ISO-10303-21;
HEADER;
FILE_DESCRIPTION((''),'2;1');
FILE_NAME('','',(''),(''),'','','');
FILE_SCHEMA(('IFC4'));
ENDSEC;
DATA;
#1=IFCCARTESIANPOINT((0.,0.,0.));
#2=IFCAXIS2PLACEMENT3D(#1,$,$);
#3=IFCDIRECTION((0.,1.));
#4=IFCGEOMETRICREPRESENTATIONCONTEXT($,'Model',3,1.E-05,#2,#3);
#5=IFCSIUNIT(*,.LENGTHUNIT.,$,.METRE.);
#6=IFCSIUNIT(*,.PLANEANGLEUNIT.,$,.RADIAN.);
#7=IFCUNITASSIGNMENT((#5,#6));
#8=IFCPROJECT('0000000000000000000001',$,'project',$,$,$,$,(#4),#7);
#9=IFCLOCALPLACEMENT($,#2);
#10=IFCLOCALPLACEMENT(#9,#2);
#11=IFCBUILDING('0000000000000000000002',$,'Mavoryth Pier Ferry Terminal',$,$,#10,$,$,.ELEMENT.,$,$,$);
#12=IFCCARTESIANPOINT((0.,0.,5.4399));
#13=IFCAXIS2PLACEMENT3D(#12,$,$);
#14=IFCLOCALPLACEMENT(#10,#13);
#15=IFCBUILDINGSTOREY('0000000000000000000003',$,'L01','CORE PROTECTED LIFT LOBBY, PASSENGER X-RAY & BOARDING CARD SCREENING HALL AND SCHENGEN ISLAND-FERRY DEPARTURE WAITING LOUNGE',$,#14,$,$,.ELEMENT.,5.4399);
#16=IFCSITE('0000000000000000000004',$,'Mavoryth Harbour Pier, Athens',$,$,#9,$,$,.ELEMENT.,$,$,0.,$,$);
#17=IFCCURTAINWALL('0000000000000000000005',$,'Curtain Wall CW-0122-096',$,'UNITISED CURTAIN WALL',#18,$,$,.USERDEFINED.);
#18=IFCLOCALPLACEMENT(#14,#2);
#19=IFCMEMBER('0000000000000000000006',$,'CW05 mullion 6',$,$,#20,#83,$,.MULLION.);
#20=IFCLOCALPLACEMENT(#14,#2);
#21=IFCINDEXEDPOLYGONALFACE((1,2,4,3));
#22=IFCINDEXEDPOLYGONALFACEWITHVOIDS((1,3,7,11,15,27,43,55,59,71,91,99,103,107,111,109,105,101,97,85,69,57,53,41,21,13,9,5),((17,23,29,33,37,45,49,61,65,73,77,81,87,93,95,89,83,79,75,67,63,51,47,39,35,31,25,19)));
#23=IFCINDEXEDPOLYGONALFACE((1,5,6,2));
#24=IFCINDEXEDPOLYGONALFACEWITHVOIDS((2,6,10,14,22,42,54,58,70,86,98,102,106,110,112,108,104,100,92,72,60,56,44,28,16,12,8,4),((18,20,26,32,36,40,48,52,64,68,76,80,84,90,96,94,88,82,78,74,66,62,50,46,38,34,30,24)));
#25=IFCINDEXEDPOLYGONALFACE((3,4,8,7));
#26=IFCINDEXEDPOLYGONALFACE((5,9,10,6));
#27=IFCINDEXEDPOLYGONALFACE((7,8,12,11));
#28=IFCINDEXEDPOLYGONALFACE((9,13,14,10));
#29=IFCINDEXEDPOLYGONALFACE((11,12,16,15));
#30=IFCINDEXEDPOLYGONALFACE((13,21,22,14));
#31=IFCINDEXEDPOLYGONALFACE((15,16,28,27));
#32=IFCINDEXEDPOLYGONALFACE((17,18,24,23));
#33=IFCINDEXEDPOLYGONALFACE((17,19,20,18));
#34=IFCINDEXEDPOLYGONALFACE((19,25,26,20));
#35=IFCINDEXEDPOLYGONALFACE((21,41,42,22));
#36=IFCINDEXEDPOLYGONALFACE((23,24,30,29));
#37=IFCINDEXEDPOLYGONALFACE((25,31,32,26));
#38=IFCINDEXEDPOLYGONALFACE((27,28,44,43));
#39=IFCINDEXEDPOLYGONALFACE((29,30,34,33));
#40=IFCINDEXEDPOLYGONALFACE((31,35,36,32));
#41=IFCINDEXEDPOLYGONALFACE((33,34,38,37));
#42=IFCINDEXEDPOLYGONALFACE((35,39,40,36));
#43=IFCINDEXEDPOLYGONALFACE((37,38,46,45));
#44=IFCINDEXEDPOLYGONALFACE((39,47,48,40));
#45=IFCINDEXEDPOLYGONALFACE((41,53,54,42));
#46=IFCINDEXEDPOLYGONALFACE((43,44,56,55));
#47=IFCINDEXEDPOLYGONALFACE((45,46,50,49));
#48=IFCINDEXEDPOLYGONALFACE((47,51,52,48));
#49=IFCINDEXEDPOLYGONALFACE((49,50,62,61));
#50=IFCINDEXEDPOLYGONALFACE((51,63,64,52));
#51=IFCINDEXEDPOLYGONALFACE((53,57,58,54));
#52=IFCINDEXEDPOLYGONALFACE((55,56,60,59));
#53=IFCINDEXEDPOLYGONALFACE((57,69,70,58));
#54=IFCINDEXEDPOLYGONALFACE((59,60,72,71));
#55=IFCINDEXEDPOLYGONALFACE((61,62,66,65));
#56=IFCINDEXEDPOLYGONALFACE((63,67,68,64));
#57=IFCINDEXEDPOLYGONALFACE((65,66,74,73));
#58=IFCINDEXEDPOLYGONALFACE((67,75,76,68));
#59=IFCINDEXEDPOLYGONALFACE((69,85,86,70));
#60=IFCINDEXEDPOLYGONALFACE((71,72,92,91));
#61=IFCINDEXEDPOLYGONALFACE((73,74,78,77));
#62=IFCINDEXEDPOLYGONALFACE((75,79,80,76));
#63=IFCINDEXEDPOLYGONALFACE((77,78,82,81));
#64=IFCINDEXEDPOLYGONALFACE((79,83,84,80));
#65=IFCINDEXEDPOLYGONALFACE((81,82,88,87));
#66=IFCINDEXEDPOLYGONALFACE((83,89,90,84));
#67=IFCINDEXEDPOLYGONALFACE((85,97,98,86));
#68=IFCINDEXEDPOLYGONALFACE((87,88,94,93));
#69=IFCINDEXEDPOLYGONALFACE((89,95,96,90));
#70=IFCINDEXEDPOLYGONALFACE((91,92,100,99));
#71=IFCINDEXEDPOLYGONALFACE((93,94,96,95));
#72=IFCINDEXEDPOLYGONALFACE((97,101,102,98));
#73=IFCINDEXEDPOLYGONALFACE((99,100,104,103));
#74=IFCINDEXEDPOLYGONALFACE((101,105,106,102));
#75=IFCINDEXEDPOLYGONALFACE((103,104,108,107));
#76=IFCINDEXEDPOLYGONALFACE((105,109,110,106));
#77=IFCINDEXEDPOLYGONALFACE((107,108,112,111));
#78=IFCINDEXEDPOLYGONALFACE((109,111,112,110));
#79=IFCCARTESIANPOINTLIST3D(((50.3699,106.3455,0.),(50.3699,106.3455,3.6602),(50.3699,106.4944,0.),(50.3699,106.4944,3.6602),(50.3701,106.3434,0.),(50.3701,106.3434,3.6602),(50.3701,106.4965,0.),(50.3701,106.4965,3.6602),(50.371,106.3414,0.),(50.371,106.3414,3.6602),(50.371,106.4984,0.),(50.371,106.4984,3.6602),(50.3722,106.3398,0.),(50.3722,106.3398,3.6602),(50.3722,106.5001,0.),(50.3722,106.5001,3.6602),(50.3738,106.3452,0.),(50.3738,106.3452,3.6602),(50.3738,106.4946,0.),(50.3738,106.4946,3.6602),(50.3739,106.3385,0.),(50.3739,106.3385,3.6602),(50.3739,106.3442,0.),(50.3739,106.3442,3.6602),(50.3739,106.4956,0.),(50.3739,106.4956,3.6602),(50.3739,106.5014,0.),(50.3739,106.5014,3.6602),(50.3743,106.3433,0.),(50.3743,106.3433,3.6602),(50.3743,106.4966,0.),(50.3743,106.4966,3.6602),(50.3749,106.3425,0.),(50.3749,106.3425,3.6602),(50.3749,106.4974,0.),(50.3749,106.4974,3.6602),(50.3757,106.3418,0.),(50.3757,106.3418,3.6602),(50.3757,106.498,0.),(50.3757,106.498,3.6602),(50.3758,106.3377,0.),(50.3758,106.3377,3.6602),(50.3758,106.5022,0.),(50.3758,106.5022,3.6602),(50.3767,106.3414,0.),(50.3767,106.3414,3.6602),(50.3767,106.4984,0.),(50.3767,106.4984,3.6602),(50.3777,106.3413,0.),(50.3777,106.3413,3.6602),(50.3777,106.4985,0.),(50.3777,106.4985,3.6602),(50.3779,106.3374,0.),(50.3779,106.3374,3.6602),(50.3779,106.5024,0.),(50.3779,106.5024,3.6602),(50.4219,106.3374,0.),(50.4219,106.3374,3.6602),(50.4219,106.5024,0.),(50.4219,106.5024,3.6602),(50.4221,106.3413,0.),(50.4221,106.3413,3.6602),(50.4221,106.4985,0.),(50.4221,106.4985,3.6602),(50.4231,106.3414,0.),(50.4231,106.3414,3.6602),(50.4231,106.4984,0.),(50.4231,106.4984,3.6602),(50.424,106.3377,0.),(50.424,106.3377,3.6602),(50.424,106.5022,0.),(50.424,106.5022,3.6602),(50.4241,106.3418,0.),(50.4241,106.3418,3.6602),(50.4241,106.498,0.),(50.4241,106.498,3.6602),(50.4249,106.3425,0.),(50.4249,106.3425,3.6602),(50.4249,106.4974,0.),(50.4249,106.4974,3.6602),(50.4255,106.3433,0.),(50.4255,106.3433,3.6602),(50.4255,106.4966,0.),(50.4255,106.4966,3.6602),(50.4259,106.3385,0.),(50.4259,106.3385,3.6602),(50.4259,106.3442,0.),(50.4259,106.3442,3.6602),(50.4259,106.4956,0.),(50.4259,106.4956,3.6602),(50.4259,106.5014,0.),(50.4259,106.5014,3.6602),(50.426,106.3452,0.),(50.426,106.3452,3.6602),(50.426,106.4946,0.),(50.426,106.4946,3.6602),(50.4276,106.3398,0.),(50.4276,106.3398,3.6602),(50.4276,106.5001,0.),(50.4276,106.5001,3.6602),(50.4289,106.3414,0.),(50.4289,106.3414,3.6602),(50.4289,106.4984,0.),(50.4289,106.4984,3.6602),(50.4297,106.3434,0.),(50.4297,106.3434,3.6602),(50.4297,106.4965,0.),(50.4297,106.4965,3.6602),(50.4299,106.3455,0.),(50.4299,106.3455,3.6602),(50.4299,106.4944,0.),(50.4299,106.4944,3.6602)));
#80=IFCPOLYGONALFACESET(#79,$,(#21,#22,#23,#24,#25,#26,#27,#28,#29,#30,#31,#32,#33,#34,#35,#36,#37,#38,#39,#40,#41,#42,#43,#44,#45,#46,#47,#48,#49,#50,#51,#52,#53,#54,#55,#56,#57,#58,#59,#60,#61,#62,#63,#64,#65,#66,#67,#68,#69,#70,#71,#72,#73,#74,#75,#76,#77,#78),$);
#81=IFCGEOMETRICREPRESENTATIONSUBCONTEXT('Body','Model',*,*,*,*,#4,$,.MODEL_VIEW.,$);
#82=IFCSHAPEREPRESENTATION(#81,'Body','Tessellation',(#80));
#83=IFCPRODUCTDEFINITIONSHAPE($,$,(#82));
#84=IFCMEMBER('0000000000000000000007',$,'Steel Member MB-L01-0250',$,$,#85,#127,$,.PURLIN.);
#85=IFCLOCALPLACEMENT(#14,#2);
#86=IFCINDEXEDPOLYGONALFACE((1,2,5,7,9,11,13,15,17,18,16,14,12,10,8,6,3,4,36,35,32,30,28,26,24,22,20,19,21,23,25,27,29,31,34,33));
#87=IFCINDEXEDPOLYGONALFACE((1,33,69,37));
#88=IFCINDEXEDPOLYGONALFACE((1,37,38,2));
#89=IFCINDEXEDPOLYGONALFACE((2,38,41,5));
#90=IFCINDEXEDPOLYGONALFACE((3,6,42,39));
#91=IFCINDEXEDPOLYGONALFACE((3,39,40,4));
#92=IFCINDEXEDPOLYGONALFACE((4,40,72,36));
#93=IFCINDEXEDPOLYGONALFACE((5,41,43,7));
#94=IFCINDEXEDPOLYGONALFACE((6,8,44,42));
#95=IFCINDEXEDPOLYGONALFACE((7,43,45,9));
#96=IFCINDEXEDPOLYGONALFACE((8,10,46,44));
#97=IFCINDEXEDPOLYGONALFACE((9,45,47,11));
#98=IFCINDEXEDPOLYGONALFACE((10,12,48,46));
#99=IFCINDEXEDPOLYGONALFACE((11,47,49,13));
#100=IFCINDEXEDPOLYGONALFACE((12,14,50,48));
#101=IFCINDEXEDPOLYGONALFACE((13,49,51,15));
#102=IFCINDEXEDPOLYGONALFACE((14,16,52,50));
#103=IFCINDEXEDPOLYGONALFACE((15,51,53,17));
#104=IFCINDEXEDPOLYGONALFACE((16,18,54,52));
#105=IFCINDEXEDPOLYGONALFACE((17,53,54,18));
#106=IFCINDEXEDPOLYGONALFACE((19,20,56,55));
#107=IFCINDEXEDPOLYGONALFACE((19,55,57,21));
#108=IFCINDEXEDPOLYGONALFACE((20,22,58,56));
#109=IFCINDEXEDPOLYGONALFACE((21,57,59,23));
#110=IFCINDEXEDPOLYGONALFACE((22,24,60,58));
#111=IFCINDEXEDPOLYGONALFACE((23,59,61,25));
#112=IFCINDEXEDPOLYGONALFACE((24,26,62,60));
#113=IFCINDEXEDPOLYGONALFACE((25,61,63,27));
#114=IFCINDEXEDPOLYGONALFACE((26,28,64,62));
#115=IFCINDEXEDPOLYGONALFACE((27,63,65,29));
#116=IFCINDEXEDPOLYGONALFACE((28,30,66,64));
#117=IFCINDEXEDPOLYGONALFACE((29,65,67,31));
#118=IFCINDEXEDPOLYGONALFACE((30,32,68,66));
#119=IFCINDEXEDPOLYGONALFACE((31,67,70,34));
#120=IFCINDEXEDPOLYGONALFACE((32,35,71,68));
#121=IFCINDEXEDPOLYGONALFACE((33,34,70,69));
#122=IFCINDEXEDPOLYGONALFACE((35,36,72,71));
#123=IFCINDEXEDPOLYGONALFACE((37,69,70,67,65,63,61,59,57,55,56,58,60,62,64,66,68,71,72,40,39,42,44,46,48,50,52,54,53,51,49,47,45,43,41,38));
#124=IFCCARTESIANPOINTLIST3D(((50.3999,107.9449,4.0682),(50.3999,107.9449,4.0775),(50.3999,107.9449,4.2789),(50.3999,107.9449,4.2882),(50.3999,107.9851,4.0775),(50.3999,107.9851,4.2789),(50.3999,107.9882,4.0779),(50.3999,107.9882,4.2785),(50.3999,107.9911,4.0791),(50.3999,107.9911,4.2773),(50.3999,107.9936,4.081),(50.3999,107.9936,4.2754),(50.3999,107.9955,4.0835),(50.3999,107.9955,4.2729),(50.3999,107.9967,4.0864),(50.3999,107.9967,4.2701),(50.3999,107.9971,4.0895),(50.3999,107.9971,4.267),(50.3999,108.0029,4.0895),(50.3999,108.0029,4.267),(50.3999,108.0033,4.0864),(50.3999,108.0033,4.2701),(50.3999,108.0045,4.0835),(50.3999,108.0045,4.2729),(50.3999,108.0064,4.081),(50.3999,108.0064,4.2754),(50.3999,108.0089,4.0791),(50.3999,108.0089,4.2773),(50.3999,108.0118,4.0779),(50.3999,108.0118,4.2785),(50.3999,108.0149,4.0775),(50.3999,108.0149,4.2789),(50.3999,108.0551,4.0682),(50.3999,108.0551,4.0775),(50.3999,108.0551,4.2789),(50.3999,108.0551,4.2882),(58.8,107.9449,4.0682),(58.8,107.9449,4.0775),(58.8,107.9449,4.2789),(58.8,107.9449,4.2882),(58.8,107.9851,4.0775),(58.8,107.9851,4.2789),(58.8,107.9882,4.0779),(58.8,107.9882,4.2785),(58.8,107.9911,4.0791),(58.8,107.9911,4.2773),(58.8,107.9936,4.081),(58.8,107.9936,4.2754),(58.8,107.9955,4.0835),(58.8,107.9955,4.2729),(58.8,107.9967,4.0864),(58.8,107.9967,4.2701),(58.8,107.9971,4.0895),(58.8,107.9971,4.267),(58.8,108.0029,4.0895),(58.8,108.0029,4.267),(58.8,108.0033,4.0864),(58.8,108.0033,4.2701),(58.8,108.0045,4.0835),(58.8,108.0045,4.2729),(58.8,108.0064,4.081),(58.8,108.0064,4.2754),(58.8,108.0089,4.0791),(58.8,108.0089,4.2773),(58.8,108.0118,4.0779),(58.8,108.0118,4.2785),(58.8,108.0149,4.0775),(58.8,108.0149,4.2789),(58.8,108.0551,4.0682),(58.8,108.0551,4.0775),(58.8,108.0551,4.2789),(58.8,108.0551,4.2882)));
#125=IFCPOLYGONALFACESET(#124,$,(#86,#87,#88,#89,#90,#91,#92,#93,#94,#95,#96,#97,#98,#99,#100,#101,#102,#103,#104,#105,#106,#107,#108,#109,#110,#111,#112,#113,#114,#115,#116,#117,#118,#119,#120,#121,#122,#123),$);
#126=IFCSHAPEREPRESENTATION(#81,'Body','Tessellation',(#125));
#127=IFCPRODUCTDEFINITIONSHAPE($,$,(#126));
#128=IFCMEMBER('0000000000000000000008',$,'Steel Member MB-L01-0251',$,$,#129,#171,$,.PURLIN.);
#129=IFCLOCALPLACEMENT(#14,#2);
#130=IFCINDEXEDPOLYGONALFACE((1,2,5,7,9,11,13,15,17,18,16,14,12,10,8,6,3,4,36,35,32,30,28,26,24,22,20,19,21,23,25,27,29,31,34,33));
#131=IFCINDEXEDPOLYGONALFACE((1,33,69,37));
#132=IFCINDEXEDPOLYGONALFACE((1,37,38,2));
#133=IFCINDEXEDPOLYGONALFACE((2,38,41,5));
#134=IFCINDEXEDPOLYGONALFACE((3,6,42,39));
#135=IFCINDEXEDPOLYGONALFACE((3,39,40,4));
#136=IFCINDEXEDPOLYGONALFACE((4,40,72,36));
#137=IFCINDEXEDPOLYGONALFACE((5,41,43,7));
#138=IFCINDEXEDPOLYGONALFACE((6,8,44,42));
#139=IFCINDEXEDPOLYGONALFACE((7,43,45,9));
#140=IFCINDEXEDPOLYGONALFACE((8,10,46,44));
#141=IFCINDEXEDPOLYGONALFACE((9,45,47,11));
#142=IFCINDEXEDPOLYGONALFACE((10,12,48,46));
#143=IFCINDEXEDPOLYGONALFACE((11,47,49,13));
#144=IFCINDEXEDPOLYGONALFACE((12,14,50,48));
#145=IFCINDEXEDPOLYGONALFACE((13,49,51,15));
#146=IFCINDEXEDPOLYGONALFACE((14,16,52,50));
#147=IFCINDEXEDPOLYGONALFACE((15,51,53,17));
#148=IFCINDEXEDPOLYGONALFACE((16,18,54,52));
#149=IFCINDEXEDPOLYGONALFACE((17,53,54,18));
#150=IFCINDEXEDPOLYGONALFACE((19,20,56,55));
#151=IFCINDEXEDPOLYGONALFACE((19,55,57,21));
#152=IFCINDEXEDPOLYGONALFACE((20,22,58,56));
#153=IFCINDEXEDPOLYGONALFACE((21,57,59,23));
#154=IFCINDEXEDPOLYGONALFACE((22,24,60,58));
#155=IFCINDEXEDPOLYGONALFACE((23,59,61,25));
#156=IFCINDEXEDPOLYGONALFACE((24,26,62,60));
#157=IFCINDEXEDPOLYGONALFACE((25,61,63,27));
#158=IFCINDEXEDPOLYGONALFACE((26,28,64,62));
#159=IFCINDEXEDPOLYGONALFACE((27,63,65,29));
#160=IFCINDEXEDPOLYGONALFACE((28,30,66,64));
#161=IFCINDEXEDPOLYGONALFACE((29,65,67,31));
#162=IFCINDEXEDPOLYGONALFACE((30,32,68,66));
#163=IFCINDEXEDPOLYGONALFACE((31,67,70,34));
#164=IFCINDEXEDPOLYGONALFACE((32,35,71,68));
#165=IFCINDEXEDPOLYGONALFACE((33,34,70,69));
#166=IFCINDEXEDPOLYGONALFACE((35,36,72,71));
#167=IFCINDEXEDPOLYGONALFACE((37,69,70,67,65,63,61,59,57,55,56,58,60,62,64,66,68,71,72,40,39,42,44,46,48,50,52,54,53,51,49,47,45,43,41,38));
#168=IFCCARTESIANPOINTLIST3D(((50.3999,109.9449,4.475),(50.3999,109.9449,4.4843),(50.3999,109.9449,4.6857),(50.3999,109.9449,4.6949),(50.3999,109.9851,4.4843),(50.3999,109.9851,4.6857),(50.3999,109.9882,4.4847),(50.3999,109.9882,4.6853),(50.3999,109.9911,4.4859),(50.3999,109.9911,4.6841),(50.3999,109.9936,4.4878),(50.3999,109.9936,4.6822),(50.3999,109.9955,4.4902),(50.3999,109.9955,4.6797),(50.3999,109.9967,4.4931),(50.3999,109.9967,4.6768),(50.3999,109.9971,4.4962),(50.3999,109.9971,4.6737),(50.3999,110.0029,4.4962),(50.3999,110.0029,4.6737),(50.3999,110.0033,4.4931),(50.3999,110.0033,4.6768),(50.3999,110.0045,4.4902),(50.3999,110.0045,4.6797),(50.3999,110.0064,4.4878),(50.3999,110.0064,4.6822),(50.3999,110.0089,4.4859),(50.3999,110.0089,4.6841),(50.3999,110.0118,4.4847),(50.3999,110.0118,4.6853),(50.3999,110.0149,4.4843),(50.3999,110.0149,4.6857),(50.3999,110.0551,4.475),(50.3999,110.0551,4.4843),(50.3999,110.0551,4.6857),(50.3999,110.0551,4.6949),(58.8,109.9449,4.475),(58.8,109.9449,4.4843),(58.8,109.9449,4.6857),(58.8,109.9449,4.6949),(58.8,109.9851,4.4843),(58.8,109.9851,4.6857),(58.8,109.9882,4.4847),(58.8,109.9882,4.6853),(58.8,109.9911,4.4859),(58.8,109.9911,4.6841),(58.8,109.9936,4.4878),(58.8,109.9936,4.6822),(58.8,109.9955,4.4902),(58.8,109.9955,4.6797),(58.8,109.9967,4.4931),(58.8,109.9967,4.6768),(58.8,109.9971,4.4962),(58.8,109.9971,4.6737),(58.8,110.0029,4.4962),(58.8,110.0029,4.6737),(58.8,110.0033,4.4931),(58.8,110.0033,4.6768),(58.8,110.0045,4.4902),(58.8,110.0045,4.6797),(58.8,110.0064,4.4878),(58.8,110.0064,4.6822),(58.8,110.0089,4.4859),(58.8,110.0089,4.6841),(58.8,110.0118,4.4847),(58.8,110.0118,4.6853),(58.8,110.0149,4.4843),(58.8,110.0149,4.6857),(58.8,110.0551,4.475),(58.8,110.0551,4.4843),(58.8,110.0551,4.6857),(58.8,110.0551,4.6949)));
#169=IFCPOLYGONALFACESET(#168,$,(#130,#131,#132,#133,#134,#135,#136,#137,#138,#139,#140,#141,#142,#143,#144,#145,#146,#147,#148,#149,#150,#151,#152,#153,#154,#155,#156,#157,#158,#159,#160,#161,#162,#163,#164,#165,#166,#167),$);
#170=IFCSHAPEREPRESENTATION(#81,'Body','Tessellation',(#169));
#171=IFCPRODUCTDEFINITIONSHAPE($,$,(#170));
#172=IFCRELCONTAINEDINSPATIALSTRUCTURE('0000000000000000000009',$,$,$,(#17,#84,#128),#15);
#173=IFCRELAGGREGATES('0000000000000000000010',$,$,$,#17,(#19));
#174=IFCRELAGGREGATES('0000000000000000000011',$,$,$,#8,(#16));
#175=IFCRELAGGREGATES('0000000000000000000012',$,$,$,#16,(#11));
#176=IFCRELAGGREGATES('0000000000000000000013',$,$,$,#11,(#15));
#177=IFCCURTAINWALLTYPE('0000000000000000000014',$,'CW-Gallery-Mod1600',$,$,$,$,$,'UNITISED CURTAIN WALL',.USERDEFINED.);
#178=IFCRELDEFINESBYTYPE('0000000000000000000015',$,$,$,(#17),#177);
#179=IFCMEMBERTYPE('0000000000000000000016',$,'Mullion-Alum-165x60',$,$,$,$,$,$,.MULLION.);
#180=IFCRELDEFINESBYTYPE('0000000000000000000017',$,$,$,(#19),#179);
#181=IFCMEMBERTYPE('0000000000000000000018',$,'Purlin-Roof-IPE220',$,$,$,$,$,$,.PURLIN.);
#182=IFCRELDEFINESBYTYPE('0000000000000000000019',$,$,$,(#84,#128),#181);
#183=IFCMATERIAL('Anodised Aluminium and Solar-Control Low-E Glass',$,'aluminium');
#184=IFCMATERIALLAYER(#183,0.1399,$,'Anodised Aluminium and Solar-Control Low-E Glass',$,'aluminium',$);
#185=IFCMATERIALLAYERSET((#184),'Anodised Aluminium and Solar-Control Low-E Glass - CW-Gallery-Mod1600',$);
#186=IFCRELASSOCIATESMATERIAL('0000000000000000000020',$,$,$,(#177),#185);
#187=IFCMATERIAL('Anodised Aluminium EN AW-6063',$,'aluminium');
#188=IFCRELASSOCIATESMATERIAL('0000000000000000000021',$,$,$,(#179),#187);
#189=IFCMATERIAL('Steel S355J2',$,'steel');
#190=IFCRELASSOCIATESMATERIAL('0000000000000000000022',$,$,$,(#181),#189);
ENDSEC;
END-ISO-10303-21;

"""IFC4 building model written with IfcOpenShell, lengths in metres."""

from ifc_helpers import new_model, si_unit, direction, frame, origin, origin_2d, place, context, subcontext, project, spatial, hollow_rectangle, i_section, extrude, material, layer, layer_set, material_profile, profile_set, type_object, element, aggregate, save


model = new_model("IFC4")

# Units and contexts
model_context = context("Model", 3, precision=1e-05, world=origin(), true_north=direction((0.0, 1.0)))
body_context = subcontext(model_context, "Body", "Model", "MODEL_VIEW")
ifc_project = project(units=[si_unit("LENGTHUNIT", "METRE"), si_unit("PLANEANGLEUNIT", "RADIAN")], contexts=[model_context])

# Site, building, storey
site_placement = place(None, origin())
site = spatial("IfcSite", under=ifc_project, at=site_placement, Name="Mavoryth Harbour Pier, Athens", CompositionType="ELEMENT", RefElevation=0.0)
building_placement = place(site_placement, origin())
building = spatial("IfcBuilding", under=site, at=building_placement, Name="Mavoryth Pier Ferry Terminal", CompositionType="ELEMENT")
storey_placement = place(building_placement, frame((0.0, 0.0, 5.4399)))
storey = spatial("IfcBuildingStorey", under=building, at=storey_placement, Name="L01", Description="CORE PROTECTED LIFT LOBBY, PASSENGER X-RAY & BOARDING CARD SCREENING HALL AND SCHENGEN ISLAND-FERRY DEPARTURE WAITING LOUNGE", CompositionType="ELEMENT", Elevation=5.4399)

# Curtain wall, member
ifc_material_1 = material(Name="Anodised Aluminium and Solar-Control Low-E Glass", Category="aluminium")
ifc_layer_1 = layer(ifc_material_1, 0.1399, Name="Anodised Aluminium and Solar-Control Low-E Glass", Category="aluminium")
ifc_layer_set_1 = layer_set([ifc_layer_1], Name="Anodised Aluminium and Solar-Control Low-E Glass - CW-Gallery-Mod1600")
curtain_wall_type = type_object("IfcCurtainWallType", Name="CW-Gallery-Mod1600", ElementType="UNITISED CURTAIN WALL", PredefinedType="USERDEFINED", material=ifc_layer_set_1)
curtain_wall_placement = place(storey_placement, origin())
curtain_wall = element("IfcCurtainWall", 1, at=curtain_wall_placement, inside=storey, type_object=curtain_wall_type, Name="Curtain Wall CW-0122-096", ObjectType="UNITISED CURTAIN WALL", PredefinedType="USERDEFINED")
ifc_material_2 = material(Name="Anodised Aluminium EN AW-6063", Category="aluminium")
ifc_material_profile_1 = material_profile(ifc_material_2, hollow_rectangle(XDim=0.0601, YDim=0.165, WallThickness=0.0039, InnerFilletRadius=0.0039, OuterFilletRadius=0.0081, at=origin_2d()), Name="AL-MULL 165x60x4", Category="aluminium")
ifc_profile_set_1 = profile_set([ifc_material_profile_1], Name="Anodised Aluminium EN AW-6063 - AL-MULL 165x60x4")
member_type_1 = type_object("IfcMemberType", Name="Mullion-Alum-165x60", PredefinedType="MULLION", material=ifc_profile_set_1)
member_1_placement = place(storey_placement, frame((50.3999, 106.4199, 0.0), z_axis=(0.0, 0.0, 1.0), x_axis=(1.0, 0.0, 0.0)))
member_1 = element("IfcMember", 2, at=member_1_placement, type_object=member_type_1, Name="CW05 mullion 6", PredefinedType="MULLION", context=body_context, shape_type="SweptSolid", body=[
    extrude(hollow_rectangle(XDim=0.0601, YDim=0.165, WallThickness=0.0039, InnerFilletRadius=0.0039, OuterFilletRadius=0.0081, at=origin_2d()), origin(), (0.0, 0.0, 1.0), 3.6602),
])

# Members
ifc_material_3 = material(Name="Steel S355J2", Category="steel")
ifc_material_profile_2 = material_profile(ifc_material_3, i_section(OverallWidth=0.1101, OverallDepth=0.22, WebThickness=0.0059, FlangeThickness=0.0093, FilletRadius=0.012, at=origin_2d()), Name="IPE 220", Category="steel")
ifc_profile_set_2 = profile_set([ifc_material_profile_2], Name="Steel S355J2 - IPE 220")
member_type_2 = type_object("IfcMemberType", Name="Purlin-Roof-IPE220", PredefinedType="PURLIN", material=ifc_profile_set_2)
for number, where, z_axis, x_axis, name in (
    (3, (50.3999, 108.0, 4.1782), (1.0, 0.0, 0.0), (0.0, 1.0, 0.0), "Steel Member MB-L01-0250"),
    (4, (50.3999, 110.0, 4.585), (1.0, 0.0, 0.0), (0.0, 1.0, 0.0), "Steel Member MB-L01-0251"),
):
    element("IfcMember", number, at=place(storey_placement, frame(where, z_axis=z_axis, x_axis=x_axis)), inside=storey, type_object=member_type_2, Name=name, PredefinedType="PURLIN", context=body_context, shape_type="SweptSolid", body=[
        extrude(i_section(OverallWidth=0.1101, OverallDepth=0.22, WebThickness=0.0059, FlangeThickness=0.0093, FilletRadius=0.012, at=origin_2d()), origin(), (0.0, 0.0, 1.0), 8.4001),
    ])

aggregate(curtain_wall, [member_1])

save(model, "model.ifc")
